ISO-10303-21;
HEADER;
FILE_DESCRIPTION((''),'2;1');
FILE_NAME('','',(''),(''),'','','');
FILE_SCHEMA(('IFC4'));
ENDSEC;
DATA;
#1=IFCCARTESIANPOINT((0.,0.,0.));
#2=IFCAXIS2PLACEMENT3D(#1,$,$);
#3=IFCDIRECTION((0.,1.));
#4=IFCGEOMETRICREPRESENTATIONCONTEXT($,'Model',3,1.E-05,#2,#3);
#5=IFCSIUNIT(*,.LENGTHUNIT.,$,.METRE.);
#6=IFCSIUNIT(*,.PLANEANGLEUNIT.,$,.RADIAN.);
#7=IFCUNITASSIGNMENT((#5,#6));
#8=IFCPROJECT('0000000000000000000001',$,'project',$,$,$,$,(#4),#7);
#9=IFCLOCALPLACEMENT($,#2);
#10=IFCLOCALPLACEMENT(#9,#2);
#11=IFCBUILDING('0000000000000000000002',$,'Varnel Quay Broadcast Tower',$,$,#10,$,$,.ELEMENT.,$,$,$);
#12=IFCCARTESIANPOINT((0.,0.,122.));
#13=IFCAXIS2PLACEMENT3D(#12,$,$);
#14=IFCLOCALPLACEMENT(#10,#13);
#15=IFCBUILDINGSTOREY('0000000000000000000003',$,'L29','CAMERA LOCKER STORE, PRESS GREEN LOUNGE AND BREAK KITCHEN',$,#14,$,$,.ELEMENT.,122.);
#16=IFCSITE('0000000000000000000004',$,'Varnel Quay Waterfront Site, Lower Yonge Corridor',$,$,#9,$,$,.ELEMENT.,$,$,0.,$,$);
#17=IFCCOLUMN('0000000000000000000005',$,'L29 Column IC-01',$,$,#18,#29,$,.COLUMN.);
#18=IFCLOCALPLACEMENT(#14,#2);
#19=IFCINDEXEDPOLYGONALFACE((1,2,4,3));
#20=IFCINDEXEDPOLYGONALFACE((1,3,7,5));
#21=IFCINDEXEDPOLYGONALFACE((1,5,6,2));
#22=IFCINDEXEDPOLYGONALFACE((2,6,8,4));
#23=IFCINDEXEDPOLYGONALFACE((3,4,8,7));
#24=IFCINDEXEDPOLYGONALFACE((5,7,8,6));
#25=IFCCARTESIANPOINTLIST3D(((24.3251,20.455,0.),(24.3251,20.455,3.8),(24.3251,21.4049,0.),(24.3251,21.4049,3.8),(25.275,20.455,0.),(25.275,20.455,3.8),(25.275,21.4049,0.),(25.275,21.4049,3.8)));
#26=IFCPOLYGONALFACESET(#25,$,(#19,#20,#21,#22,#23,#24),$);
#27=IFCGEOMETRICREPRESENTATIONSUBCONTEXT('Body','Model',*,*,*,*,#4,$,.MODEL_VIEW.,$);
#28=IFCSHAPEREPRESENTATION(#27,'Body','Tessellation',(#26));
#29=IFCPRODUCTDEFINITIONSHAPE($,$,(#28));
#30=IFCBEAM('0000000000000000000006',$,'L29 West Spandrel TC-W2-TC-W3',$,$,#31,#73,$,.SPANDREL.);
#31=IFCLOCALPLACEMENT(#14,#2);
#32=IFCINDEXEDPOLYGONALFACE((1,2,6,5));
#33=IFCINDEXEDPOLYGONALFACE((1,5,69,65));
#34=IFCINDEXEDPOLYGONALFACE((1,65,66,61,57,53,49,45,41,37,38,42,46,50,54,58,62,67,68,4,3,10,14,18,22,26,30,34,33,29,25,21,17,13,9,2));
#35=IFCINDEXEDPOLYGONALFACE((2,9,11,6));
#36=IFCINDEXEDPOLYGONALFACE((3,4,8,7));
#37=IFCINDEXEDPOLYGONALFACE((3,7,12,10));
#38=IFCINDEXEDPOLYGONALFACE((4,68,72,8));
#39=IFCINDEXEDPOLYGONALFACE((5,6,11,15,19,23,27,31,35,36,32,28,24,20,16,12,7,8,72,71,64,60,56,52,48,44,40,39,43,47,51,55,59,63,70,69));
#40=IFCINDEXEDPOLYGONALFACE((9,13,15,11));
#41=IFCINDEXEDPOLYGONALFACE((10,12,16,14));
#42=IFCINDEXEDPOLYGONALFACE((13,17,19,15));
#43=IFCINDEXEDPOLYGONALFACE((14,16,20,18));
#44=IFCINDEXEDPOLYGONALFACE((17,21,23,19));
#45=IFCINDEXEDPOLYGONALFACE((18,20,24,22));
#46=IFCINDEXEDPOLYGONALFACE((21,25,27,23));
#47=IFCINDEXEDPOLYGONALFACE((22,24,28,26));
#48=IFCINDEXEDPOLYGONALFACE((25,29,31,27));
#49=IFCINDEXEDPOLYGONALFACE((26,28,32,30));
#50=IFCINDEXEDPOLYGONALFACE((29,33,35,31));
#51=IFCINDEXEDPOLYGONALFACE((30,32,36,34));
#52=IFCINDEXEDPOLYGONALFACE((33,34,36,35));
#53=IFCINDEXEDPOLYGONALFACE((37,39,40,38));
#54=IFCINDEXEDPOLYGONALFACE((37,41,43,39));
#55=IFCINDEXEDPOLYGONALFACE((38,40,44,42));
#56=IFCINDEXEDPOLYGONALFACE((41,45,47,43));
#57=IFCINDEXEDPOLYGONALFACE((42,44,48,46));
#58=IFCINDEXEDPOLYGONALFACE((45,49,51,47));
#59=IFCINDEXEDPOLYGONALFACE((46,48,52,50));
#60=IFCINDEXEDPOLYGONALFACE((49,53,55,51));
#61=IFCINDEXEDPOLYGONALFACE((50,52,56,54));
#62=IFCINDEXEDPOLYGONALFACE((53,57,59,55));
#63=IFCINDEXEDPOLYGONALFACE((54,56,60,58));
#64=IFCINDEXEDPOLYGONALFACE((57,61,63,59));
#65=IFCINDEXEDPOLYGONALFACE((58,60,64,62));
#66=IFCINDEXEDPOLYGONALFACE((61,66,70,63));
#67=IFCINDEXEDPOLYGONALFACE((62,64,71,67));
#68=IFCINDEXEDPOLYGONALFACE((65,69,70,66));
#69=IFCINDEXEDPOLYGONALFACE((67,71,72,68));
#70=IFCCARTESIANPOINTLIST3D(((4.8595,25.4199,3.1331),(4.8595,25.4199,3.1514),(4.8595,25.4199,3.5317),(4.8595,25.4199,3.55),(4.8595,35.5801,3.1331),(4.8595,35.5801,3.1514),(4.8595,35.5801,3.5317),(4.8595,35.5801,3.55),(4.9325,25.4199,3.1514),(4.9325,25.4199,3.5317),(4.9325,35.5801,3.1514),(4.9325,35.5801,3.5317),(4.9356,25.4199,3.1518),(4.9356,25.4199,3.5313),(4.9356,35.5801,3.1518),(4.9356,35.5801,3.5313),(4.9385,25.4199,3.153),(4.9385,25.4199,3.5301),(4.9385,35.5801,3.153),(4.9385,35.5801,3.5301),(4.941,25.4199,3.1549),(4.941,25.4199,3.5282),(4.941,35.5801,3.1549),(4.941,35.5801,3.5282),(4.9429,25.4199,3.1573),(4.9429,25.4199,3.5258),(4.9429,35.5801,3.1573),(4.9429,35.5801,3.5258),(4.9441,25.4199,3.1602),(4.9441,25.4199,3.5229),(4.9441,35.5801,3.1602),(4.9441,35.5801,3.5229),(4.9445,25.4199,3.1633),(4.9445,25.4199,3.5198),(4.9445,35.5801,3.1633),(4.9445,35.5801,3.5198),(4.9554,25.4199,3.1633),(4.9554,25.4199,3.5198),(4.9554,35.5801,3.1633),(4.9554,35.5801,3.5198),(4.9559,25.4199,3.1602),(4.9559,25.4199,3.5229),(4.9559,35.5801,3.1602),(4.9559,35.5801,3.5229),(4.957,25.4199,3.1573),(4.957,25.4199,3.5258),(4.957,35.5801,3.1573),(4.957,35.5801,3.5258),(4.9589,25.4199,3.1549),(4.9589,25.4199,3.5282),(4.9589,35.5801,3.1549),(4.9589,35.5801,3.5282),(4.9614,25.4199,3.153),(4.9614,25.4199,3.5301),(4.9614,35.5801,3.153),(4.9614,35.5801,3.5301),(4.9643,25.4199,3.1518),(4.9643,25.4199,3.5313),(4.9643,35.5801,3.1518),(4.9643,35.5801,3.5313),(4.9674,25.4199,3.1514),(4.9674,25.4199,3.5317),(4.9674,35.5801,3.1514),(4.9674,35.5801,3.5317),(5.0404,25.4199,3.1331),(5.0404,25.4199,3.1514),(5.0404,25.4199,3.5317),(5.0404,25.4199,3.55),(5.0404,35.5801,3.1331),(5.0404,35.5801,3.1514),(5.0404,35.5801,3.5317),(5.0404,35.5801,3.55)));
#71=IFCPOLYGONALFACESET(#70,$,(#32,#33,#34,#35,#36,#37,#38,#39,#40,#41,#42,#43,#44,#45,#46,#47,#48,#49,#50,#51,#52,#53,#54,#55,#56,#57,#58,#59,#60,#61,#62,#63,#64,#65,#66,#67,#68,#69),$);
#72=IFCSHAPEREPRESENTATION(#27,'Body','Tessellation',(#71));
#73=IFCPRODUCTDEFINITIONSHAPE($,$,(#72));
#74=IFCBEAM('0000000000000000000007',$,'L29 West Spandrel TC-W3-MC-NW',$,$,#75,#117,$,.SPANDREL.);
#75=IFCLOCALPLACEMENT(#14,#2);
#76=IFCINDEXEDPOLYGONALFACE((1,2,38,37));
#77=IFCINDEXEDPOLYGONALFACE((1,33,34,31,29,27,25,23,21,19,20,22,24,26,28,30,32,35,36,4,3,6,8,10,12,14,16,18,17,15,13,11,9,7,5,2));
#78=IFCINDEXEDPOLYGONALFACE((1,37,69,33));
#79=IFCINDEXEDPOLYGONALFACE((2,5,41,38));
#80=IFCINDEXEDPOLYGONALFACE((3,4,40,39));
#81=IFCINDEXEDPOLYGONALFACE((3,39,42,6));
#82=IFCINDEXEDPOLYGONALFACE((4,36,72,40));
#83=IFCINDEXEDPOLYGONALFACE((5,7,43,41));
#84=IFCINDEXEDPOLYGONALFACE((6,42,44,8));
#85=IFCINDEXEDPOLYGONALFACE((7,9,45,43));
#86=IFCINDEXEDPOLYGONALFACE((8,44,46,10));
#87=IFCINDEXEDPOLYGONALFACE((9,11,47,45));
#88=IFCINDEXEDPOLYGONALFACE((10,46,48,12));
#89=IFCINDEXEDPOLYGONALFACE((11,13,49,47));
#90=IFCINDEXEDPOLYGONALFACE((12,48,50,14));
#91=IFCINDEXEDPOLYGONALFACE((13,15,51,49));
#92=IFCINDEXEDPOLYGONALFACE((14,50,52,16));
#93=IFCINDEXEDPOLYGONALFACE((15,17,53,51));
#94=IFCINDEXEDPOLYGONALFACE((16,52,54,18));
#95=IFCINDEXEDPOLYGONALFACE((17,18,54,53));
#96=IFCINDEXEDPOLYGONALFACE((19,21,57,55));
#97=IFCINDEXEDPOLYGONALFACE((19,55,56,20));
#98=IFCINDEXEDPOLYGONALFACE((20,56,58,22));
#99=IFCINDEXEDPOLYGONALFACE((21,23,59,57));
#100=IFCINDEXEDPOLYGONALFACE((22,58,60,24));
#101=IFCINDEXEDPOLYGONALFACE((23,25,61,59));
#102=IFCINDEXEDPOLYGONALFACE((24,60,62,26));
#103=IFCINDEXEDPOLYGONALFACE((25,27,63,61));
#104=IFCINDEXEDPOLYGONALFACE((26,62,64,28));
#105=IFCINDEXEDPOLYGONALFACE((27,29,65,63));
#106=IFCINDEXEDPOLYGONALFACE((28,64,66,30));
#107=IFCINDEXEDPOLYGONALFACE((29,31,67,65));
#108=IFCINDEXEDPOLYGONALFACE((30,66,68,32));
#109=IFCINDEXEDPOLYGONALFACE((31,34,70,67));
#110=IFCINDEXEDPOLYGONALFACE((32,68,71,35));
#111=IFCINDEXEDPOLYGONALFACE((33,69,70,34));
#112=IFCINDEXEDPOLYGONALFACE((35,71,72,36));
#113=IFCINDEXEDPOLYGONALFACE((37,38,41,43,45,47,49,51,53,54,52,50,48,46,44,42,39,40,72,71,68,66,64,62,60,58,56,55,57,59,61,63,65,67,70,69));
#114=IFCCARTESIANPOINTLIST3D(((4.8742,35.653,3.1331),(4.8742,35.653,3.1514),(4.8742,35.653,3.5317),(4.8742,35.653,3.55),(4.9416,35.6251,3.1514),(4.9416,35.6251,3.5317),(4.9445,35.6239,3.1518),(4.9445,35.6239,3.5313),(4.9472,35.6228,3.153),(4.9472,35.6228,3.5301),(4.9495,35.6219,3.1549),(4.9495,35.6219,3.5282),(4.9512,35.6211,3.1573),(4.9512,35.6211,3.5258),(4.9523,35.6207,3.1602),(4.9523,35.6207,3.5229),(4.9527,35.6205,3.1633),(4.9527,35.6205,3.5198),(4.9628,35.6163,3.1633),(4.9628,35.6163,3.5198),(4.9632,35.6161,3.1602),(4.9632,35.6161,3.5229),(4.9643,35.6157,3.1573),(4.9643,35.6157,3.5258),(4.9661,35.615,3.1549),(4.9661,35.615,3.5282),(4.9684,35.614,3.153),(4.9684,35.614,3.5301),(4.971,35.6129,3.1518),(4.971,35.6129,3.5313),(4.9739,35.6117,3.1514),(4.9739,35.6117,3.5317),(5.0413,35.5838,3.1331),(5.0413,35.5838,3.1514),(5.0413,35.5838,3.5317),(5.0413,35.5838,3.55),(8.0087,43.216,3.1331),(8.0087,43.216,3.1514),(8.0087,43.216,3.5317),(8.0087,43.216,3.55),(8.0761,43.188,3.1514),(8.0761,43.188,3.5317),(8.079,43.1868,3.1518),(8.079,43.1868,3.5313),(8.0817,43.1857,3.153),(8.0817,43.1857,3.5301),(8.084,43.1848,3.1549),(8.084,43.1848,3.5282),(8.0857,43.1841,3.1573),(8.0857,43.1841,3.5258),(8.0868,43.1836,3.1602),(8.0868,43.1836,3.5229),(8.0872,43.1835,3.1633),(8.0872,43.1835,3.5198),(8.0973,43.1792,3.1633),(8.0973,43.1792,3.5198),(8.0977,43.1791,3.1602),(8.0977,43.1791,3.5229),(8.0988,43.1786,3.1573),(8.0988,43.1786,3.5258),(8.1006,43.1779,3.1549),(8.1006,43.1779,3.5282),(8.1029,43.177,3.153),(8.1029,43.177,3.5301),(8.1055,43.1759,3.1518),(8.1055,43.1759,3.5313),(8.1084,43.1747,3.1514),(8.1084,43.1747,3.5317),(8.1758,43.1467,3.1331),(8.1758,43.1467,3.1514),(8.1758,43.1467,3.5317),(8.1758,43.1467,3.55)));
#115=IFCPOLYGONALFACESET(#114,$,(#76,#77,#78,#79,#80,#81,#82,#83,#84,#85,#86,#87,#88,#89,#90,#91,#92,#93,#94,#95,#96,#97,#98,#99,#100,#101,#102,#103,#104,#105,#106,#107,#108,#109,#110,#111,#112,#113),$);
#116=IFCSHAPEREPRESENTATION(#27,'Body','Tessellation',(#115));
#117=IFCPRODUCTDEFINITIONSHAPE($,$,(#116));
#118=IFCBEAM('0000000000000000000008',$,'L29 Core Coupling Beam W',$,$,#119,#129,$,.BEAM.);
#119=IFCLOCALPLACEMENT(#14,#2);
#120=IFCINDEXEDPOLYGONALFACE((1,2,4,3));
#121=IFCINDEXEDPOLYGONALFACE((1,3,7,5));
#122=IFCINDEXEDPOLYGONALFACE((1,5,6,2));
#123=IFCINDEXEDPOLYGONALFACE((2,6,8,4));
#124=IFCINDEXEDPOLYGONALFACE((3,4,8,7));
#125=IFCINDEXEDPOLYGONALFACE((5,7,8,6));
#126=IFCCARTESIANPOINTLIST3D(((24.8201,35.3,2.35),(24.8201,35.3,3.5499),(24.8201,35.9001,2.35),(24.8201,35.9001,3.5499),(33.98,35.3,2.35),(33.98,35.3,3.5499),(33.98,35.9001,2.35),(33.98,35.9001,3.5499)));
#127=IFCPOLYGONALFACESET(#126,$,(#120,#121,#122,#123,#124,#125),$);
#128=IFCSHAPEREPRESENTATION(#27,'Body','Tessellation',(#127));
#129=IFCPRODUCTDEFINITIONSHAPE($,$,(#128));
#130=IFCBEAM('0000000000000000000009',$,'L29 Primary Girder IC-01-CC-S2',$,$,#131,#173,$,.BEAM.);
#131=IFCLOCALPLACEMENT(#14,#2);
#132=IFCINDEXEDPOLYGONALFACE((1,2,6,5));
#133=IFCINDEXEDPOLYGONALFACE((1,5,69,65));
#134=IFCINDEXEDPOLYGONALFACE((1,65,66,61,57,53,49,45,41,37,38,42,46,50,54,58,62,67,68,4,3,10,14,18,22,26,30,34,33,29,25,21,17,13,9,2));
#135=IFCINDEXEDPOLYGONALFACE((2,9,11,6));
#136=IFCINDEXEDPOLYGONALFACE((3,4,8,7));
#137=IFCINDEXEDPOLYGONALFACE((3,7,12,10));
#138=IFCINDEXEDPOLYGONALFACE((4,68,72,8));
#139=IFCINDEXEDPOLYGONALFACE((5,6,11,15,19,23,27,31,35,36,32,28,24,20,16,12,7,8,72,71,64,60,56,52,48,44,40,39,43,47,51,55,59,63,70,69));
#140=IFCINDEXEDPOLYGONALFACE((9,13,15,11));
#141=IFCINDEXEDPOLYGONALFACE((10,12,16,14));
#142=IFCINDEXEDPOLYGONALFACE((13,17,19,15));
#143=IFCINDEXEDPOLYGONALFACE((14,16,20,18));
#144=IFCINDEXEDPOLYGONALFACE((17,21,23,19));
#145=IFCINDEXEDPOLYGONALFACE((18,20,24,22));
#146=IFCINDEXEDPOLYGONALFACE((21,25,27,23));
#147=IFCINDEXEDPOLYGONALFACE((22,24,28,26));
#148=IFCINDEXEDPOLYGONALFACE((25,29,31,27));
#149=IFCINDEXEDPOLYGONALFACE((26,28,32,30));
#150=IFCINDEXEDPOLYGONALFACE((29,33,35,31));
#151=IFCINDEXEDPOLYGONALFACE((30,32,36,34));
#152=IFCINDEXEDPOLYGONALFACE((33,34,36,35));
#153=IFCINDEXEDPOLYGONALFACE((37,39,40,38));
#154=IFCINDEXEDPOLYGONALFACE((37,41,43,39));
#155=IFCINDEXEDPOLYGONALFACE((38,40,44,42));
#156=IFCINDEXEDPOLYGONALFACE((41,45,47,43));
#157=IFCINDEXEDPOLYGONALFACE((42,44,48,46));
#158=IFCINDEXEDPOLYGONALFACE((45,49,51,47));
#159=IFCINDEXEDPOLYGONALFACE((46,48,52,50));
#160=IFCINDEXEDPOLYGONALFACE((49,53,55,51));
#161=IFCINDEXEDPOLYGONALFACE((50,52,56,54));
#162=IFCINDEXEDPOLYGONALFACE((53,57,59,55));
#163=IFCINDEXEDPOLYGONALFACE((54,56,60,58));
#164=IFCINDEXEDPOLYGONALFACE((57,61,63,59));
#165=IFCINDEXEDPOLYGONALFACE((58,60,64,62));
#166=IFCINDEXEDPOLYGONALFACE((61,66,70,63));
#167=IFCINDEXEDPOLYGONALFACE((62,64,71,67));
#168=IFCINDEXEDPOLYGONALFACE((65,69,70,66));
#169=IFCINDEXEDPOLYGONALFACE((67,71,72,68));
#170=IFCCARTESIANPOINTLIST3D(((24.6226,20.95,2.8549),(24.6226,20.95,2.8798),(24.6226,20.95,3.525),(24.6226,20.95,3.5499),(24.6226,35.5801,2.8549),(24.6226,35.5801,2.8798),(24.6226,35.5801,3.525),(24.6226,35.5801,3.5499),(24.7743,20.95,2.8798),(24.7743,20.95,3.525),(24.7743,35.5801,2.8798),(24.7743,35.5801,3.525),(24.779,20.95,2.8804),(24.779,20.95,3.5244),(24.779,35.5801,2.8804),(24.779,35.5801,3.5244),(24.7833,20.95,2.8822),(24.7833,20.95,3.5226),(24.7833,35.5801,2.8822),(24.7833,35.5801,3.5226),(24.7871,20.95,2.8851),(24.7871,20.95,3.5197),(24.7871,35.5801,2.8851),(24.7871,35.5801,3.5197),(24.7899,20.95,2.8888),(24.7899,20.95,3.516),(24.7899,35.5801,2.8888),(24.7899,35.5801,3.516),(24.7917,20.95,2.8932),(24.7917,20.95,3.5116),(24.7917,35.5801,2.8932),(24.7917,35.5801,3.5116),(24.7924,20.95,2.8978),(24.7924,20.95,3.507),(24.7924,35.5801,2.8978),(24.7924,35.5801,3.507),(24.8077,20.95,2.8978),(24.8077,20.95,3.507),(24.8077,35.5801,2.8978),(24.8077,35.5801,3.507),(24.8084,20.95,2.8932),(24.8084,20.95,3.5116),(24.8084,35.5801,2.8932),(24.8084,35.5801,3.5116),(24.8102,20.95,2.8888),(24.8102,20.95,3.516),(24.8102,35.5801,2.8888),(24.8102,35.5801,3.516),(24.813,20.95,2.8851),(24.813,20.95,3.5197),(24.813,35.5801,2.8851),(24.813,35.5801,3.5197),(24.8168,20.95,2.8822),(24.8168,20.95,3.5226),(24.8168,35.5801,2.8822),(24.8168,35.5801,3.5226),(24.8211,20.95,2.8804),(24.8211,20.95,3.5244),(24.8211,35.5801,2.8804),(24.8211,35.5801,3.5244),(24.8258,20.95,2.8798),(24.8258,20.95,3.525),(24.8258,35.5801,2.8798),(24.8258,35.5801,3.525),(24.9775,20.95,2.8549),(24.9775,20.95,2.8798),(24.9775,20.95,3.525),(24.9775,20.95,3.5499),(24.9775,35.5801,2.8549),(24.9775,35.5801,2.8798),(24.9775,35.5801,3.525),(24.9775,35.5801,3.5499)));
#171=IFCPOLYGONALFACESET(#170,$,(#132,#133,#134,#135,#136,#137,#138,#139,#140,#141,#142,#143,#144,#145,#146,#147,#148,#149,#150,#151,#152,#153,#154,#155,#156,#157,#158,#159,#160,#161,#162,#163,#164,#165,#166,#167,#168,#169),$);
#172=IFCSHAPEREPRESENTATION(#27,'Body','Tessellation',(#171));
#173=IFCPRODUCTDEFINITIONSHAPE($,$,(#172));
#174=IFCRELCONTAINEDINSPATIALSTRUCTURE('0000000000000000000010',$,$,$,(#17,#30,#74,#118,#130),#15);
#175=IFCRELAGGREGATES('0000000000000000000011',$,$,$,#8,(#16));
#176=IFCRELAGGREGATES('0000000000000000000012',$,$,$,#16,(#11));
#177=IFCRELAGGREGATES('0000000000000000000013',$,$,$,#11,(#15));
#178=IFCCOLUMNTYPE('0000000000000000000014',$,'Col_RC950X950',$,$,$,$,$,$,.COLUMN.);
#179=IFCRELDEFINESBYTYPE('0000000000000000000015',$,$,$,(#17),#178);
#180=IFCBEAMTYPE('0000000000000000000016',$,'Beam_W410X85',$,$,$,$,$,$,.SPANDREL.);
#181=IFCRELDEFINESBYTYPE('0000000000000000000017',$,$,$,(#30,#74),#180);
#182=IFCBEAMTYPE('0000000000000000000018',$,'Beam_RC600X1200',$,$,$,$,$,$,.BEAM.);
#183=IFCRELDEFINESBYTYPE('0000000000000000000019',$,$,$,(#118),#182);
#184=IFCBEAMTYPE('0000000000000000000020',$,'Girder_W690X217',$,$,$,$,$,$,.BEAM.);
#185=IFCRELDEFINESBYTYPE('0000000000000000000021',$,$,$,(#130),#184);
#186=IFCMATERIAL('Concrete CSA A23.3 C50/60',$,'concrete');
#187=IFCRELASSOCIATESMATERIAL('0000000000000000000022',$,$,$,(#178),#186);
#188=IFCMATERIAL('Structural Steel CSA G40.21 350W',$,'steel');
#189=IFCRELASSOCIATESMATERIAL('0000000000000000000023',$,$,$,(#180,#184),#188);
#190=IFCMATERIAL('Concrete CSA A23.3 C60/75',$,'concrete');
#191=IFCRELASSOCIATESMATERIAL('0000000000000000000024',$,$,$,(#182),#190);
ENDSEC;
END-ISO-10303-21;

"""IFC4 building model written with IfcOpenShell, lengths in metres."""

from ifc_helpers import new_model, si_unit, direction, frame, origin, origin_2d, place, context, subcontext, project, spatial, rectangle, i_section, extrude, source, transform, mapped, material, material_profile, profile_set, type_object, type_shapes, element, save


model = new_model("IFC4")

# Units and contexts
model_context = context("Model", 3, precision=1e-05, world=origin(), true_north=direction((0.0, 1.0)))
body_context = subcontext(model_context, "Body", "Model", "MODEL_VIEW")
ifc_project = project(units=[si_unit("LENGTHUNIT", "METRE"), si_unit("PLANEANGLEUNIT", "RADIAN")], contexts=[model_context])

# Site, building, storey
site_placement = place(None, origin())
site = spatial("IfcSite", under=ifc_project, at=site_placement, Name="Varnel Quay Waterfront Site, Lower Yonge Corridor", CompositionType="ELEMENT", RefElevation=0.0)
building_placement = place(site_placement, origin())
building = spatial("IfcBuilding", under=site, at=building_placement, Name="Varnel Quay Broadcast Tower", CompositionType="ELEMENT")
storey_placement = place(building_placement, frame((0.0, 0.0, 122.0)))
storey = spatial("IfcBuildingStorey", under=building, at=storey_placement, Name="L29", Description="CAMERA LOCKER STORE, PRESS GREEN LOUNGE AND BREAK KITCHEN", CompositionType="ELEMENT", Elevation=122.0)

# Column
ifc_material_1 = material(Name="Structural Steel CSA G40.21 350W", Category="steel")
ifc_material_2 = material(Name="Concrete CSA A23.3 C50/60", Category="concrete")
ifc_material_profile_1 = material_profile(ifc_material_2, rectangle(XDim=0.95, YDim=0.95, at=origin_2d()), Name="RC950X950")
ifc_profile_set_1 = profile_set([ifc_material_profile_1], Name="Concrete CSA A23.3 C50/60")
column_type_1 = type_object("IfcColumnType", Name="Col_RC950X950", PredefinedType="COLUMN", material=ifc_profile_set_1)
shared_shape_1 = source(origin(), body_context, "Body", "SweptSolid", [
    extrude(rectangle(XDim=0.95, YDim=0.95, at=origin_2d()), origin(), (0.0, 0.0, 1.0), 3.8),
])
type_shapes(column_type_1, [shared_shape_1])
column_placement = place(storey_placement, frame((24.8, 20.9299, 0.0), z_axis=(0.0, 0.0, 1.0), x_axis=(1.0, 0.0, 0.0)))
element("IfcColumn", 1, at=column_placement, inside=storey, type_object=column_type_1, Name="L29 Column IC-01", PredefinedType="COLUMN", context=body_context, shape_type="MappedRepresentation", body=[
    mapped(shared_shape_1, transform((0.0, 0.0, 0.0), x_axis=(1.0, 0.0, 0.0), y_axis=(0.0, 1.0, 0.0), z_axis=(0.0, 0.0, 1.0), scale=1.0)),
])

# Beams
ifc_material_profile_2 = material_profile(ifc_material_1, i_section(OverallWidth=0.1809, OverallDepth=0.417, WebThickness=0.011, FlangeThickness=0.0183, FilletRadius=0.012, at=origin_2d()), Name="W410X85")
ifc_profile_set_2 = profile_set([ifc_material_profile_2], Name="Structural Steel CSA G40.21 350W")
beam_type_1 = type_object("IfcBeamType", Name="Beam_W410X85", PredefinedType="SPANDREL", material=ifc_profile_set_2)
shared_shape_2 = source(origin(), body_context, "Body", "SweptSolid", [
    extrude(i_section(OverallWidth=0.1809, OverallDepth=0.417, WebThickness=0.011, FlangeThickness=0.0183, FilletRadius=0.012, at=origin_2d()), origin(), (0.0, 0.0, 1.0), 10.1602),
])
beam_1_placement = place(storey_placement, frame((4.95, 25.4199, 3.3416), z_axis=(0.0, 1.0, 0.0), x_axis=(-1.0, 0.0, 0.0)))
element("IfcBeam", 2, at=beam_1_placement, inside=storey, type_object=beam_type_1, Name="L29 West Spandrel TC-W2-TC-W3", PredefinedType="SPANDREL", context=body_context, shape_type="MappedRepresentation", body=[
    mapped(shared_shape_2, transform((0.0, 0.0, 0.0), x_axis=(1.0, 0.0, 0.0), y_axis=(0.0, 1.0, 0.0), z_axis=(0.0, 0.0, 1.0), scale=1.0)),
])
shared_shape_3 = source(origin(), body_context, "Body", "SweptSolid", [
    extrude(i_section(OverallWidth=0.1809, OverallDepth=0.417, WebThickness=0.011, FlangeThickness=0.0183, FilletRadius=0.012, at=origin_2d()), origin(), (0.0, 0.0, 1.0), 8.1868),
])
type_shapes(beam_type_1, [shared_shape_2, shared_shape_3])
beam_2_placement = place(storey_placement, frame((4.9578, 35.6184, 3.3416), z_axis=(0.382874, 0.923801, 0.0), x_axis=(-0.923801, 0.382874, 0.0)))
element("IfcBeam", 3, at=beam_2_placement, inside=storey, type_object=beam_type_1, Name="L29 West Spandrel TC-W3-MC-NW", PredefinedType="SPANDREL", context=body_context, shape_type="MappedRepresentation", body=[
    mapped(shared_shape_3, transform((0.0, 0.0, 0.0), x_axis=(1.0, 0.0, 0.0), y_axis=(0.0, 1.0, 0.0), z_axis=(0.0, 0.0, 1.0), scale=1.0)),
])
ifc_material_3 = material(Name="Concrete CSA A23.3 C60/75", Category="concrete")
ifc_material_profile_3 = material_profile(ifc_material_3, rectangle(XDim=0.6001, YDim=1.2, at=origin_2d()), Name="RC600X1200")
ifc_profile_set_3 = profile_set([ifc_material_profile_3], Name="Concrete CSA A23.3 C60/75")
beam_type_2 = type_object("IfcBeamType", Name="Beam_RC600X1200", PredefinedType="BEAM", material=ifc_profile_set_3)
shared_shape_4 = source(origin(), body_context, "Body", "SweptSolid", [
    extrude(rectangle(XDim=0.6001, YDim=1.2, at=origin_2d()), origin(), (0.0, 0.0, 1.0), 9.1599),
])
type_shapes(beam_type_2, [shared_shape_4])
beam_3_placement = place(storey_placement, frame((24.8201, 35.6001, 2.95), z_axis=(1.0, 0.0, 0.0), x_axis=(0.0, 1.0, 0.0)))
element("IfcBeam", 4, at=beam_3_placement, inside=storey, type_object=beam_type_2, Name="L29 Core Coupling Beam W", PredefinedType="BEAM", context=body_context, shape_type="MappedRepresentation", body=[
    mapped(shared_shape_4, transform((0.0, 0.0, 0.0), x_axis=(1.0, 0.0, 0.0), y_axis=(0.0, 1.0, 0.0), z_axis=(0.0, 0.0, 1.0), scale=1.0)),
])
ifc_material_profile_4 = material_profile(ifc_material_1, i_section(OverallWidth=0.355, OverallDepth=0.6951, WebThickness=0.0154, FlangeThickness=0.0249, FilletRadius=0.0181, at=origin_2d()), Name="W690X217")
ifc_profile_set_4 = profile_set([ifc_material_profile_4], Name="Structural Steel CSA G40.21 350W")
beam_type_3 = type_object("IfcBeamType", Name="Girder_W690X217", PredefinedType="BEAM", material=ifc_profile_set_4)
shared_shape_5 = source(origin(), body_context, "Body", "SweptSolid", [
    extrude(i_section(OverallWidth=0.355, OverallDepth=0.6951, WebThickness=0.0154, FlangeThickness=0.0249, FilletRadius=0.0181, at=origin_2d()), origin(), (0.0, 0.0, 1.0), 14.6301),
])
beam_4_placement = place(storey_placement, frame((24.8, 20.95, 3.2024), z_axis=(0.0, 1.0, 0.0), x_axis=(-1.0, 0.0, 0.0)))
element("IfcBeam", 5, at=beam_4_placement, inside=storey, type_object=beam_type_3, Name="L29 Primary Girder IC-01-CC-S2", PredefinedType="BEAM", context=body_context, shape_type="MappedRepresentation", body=[
    mapped(shared_shape_5, transform((0.0, 0.0, 0.0), x_axis=(1.0, 0.0, 0.0), y_axis=(0.0, 1.0, 0.0), z_axis=(0.0, 0.0, 1.0), scale=1.0)),
])

save(model, "model.ifc")
